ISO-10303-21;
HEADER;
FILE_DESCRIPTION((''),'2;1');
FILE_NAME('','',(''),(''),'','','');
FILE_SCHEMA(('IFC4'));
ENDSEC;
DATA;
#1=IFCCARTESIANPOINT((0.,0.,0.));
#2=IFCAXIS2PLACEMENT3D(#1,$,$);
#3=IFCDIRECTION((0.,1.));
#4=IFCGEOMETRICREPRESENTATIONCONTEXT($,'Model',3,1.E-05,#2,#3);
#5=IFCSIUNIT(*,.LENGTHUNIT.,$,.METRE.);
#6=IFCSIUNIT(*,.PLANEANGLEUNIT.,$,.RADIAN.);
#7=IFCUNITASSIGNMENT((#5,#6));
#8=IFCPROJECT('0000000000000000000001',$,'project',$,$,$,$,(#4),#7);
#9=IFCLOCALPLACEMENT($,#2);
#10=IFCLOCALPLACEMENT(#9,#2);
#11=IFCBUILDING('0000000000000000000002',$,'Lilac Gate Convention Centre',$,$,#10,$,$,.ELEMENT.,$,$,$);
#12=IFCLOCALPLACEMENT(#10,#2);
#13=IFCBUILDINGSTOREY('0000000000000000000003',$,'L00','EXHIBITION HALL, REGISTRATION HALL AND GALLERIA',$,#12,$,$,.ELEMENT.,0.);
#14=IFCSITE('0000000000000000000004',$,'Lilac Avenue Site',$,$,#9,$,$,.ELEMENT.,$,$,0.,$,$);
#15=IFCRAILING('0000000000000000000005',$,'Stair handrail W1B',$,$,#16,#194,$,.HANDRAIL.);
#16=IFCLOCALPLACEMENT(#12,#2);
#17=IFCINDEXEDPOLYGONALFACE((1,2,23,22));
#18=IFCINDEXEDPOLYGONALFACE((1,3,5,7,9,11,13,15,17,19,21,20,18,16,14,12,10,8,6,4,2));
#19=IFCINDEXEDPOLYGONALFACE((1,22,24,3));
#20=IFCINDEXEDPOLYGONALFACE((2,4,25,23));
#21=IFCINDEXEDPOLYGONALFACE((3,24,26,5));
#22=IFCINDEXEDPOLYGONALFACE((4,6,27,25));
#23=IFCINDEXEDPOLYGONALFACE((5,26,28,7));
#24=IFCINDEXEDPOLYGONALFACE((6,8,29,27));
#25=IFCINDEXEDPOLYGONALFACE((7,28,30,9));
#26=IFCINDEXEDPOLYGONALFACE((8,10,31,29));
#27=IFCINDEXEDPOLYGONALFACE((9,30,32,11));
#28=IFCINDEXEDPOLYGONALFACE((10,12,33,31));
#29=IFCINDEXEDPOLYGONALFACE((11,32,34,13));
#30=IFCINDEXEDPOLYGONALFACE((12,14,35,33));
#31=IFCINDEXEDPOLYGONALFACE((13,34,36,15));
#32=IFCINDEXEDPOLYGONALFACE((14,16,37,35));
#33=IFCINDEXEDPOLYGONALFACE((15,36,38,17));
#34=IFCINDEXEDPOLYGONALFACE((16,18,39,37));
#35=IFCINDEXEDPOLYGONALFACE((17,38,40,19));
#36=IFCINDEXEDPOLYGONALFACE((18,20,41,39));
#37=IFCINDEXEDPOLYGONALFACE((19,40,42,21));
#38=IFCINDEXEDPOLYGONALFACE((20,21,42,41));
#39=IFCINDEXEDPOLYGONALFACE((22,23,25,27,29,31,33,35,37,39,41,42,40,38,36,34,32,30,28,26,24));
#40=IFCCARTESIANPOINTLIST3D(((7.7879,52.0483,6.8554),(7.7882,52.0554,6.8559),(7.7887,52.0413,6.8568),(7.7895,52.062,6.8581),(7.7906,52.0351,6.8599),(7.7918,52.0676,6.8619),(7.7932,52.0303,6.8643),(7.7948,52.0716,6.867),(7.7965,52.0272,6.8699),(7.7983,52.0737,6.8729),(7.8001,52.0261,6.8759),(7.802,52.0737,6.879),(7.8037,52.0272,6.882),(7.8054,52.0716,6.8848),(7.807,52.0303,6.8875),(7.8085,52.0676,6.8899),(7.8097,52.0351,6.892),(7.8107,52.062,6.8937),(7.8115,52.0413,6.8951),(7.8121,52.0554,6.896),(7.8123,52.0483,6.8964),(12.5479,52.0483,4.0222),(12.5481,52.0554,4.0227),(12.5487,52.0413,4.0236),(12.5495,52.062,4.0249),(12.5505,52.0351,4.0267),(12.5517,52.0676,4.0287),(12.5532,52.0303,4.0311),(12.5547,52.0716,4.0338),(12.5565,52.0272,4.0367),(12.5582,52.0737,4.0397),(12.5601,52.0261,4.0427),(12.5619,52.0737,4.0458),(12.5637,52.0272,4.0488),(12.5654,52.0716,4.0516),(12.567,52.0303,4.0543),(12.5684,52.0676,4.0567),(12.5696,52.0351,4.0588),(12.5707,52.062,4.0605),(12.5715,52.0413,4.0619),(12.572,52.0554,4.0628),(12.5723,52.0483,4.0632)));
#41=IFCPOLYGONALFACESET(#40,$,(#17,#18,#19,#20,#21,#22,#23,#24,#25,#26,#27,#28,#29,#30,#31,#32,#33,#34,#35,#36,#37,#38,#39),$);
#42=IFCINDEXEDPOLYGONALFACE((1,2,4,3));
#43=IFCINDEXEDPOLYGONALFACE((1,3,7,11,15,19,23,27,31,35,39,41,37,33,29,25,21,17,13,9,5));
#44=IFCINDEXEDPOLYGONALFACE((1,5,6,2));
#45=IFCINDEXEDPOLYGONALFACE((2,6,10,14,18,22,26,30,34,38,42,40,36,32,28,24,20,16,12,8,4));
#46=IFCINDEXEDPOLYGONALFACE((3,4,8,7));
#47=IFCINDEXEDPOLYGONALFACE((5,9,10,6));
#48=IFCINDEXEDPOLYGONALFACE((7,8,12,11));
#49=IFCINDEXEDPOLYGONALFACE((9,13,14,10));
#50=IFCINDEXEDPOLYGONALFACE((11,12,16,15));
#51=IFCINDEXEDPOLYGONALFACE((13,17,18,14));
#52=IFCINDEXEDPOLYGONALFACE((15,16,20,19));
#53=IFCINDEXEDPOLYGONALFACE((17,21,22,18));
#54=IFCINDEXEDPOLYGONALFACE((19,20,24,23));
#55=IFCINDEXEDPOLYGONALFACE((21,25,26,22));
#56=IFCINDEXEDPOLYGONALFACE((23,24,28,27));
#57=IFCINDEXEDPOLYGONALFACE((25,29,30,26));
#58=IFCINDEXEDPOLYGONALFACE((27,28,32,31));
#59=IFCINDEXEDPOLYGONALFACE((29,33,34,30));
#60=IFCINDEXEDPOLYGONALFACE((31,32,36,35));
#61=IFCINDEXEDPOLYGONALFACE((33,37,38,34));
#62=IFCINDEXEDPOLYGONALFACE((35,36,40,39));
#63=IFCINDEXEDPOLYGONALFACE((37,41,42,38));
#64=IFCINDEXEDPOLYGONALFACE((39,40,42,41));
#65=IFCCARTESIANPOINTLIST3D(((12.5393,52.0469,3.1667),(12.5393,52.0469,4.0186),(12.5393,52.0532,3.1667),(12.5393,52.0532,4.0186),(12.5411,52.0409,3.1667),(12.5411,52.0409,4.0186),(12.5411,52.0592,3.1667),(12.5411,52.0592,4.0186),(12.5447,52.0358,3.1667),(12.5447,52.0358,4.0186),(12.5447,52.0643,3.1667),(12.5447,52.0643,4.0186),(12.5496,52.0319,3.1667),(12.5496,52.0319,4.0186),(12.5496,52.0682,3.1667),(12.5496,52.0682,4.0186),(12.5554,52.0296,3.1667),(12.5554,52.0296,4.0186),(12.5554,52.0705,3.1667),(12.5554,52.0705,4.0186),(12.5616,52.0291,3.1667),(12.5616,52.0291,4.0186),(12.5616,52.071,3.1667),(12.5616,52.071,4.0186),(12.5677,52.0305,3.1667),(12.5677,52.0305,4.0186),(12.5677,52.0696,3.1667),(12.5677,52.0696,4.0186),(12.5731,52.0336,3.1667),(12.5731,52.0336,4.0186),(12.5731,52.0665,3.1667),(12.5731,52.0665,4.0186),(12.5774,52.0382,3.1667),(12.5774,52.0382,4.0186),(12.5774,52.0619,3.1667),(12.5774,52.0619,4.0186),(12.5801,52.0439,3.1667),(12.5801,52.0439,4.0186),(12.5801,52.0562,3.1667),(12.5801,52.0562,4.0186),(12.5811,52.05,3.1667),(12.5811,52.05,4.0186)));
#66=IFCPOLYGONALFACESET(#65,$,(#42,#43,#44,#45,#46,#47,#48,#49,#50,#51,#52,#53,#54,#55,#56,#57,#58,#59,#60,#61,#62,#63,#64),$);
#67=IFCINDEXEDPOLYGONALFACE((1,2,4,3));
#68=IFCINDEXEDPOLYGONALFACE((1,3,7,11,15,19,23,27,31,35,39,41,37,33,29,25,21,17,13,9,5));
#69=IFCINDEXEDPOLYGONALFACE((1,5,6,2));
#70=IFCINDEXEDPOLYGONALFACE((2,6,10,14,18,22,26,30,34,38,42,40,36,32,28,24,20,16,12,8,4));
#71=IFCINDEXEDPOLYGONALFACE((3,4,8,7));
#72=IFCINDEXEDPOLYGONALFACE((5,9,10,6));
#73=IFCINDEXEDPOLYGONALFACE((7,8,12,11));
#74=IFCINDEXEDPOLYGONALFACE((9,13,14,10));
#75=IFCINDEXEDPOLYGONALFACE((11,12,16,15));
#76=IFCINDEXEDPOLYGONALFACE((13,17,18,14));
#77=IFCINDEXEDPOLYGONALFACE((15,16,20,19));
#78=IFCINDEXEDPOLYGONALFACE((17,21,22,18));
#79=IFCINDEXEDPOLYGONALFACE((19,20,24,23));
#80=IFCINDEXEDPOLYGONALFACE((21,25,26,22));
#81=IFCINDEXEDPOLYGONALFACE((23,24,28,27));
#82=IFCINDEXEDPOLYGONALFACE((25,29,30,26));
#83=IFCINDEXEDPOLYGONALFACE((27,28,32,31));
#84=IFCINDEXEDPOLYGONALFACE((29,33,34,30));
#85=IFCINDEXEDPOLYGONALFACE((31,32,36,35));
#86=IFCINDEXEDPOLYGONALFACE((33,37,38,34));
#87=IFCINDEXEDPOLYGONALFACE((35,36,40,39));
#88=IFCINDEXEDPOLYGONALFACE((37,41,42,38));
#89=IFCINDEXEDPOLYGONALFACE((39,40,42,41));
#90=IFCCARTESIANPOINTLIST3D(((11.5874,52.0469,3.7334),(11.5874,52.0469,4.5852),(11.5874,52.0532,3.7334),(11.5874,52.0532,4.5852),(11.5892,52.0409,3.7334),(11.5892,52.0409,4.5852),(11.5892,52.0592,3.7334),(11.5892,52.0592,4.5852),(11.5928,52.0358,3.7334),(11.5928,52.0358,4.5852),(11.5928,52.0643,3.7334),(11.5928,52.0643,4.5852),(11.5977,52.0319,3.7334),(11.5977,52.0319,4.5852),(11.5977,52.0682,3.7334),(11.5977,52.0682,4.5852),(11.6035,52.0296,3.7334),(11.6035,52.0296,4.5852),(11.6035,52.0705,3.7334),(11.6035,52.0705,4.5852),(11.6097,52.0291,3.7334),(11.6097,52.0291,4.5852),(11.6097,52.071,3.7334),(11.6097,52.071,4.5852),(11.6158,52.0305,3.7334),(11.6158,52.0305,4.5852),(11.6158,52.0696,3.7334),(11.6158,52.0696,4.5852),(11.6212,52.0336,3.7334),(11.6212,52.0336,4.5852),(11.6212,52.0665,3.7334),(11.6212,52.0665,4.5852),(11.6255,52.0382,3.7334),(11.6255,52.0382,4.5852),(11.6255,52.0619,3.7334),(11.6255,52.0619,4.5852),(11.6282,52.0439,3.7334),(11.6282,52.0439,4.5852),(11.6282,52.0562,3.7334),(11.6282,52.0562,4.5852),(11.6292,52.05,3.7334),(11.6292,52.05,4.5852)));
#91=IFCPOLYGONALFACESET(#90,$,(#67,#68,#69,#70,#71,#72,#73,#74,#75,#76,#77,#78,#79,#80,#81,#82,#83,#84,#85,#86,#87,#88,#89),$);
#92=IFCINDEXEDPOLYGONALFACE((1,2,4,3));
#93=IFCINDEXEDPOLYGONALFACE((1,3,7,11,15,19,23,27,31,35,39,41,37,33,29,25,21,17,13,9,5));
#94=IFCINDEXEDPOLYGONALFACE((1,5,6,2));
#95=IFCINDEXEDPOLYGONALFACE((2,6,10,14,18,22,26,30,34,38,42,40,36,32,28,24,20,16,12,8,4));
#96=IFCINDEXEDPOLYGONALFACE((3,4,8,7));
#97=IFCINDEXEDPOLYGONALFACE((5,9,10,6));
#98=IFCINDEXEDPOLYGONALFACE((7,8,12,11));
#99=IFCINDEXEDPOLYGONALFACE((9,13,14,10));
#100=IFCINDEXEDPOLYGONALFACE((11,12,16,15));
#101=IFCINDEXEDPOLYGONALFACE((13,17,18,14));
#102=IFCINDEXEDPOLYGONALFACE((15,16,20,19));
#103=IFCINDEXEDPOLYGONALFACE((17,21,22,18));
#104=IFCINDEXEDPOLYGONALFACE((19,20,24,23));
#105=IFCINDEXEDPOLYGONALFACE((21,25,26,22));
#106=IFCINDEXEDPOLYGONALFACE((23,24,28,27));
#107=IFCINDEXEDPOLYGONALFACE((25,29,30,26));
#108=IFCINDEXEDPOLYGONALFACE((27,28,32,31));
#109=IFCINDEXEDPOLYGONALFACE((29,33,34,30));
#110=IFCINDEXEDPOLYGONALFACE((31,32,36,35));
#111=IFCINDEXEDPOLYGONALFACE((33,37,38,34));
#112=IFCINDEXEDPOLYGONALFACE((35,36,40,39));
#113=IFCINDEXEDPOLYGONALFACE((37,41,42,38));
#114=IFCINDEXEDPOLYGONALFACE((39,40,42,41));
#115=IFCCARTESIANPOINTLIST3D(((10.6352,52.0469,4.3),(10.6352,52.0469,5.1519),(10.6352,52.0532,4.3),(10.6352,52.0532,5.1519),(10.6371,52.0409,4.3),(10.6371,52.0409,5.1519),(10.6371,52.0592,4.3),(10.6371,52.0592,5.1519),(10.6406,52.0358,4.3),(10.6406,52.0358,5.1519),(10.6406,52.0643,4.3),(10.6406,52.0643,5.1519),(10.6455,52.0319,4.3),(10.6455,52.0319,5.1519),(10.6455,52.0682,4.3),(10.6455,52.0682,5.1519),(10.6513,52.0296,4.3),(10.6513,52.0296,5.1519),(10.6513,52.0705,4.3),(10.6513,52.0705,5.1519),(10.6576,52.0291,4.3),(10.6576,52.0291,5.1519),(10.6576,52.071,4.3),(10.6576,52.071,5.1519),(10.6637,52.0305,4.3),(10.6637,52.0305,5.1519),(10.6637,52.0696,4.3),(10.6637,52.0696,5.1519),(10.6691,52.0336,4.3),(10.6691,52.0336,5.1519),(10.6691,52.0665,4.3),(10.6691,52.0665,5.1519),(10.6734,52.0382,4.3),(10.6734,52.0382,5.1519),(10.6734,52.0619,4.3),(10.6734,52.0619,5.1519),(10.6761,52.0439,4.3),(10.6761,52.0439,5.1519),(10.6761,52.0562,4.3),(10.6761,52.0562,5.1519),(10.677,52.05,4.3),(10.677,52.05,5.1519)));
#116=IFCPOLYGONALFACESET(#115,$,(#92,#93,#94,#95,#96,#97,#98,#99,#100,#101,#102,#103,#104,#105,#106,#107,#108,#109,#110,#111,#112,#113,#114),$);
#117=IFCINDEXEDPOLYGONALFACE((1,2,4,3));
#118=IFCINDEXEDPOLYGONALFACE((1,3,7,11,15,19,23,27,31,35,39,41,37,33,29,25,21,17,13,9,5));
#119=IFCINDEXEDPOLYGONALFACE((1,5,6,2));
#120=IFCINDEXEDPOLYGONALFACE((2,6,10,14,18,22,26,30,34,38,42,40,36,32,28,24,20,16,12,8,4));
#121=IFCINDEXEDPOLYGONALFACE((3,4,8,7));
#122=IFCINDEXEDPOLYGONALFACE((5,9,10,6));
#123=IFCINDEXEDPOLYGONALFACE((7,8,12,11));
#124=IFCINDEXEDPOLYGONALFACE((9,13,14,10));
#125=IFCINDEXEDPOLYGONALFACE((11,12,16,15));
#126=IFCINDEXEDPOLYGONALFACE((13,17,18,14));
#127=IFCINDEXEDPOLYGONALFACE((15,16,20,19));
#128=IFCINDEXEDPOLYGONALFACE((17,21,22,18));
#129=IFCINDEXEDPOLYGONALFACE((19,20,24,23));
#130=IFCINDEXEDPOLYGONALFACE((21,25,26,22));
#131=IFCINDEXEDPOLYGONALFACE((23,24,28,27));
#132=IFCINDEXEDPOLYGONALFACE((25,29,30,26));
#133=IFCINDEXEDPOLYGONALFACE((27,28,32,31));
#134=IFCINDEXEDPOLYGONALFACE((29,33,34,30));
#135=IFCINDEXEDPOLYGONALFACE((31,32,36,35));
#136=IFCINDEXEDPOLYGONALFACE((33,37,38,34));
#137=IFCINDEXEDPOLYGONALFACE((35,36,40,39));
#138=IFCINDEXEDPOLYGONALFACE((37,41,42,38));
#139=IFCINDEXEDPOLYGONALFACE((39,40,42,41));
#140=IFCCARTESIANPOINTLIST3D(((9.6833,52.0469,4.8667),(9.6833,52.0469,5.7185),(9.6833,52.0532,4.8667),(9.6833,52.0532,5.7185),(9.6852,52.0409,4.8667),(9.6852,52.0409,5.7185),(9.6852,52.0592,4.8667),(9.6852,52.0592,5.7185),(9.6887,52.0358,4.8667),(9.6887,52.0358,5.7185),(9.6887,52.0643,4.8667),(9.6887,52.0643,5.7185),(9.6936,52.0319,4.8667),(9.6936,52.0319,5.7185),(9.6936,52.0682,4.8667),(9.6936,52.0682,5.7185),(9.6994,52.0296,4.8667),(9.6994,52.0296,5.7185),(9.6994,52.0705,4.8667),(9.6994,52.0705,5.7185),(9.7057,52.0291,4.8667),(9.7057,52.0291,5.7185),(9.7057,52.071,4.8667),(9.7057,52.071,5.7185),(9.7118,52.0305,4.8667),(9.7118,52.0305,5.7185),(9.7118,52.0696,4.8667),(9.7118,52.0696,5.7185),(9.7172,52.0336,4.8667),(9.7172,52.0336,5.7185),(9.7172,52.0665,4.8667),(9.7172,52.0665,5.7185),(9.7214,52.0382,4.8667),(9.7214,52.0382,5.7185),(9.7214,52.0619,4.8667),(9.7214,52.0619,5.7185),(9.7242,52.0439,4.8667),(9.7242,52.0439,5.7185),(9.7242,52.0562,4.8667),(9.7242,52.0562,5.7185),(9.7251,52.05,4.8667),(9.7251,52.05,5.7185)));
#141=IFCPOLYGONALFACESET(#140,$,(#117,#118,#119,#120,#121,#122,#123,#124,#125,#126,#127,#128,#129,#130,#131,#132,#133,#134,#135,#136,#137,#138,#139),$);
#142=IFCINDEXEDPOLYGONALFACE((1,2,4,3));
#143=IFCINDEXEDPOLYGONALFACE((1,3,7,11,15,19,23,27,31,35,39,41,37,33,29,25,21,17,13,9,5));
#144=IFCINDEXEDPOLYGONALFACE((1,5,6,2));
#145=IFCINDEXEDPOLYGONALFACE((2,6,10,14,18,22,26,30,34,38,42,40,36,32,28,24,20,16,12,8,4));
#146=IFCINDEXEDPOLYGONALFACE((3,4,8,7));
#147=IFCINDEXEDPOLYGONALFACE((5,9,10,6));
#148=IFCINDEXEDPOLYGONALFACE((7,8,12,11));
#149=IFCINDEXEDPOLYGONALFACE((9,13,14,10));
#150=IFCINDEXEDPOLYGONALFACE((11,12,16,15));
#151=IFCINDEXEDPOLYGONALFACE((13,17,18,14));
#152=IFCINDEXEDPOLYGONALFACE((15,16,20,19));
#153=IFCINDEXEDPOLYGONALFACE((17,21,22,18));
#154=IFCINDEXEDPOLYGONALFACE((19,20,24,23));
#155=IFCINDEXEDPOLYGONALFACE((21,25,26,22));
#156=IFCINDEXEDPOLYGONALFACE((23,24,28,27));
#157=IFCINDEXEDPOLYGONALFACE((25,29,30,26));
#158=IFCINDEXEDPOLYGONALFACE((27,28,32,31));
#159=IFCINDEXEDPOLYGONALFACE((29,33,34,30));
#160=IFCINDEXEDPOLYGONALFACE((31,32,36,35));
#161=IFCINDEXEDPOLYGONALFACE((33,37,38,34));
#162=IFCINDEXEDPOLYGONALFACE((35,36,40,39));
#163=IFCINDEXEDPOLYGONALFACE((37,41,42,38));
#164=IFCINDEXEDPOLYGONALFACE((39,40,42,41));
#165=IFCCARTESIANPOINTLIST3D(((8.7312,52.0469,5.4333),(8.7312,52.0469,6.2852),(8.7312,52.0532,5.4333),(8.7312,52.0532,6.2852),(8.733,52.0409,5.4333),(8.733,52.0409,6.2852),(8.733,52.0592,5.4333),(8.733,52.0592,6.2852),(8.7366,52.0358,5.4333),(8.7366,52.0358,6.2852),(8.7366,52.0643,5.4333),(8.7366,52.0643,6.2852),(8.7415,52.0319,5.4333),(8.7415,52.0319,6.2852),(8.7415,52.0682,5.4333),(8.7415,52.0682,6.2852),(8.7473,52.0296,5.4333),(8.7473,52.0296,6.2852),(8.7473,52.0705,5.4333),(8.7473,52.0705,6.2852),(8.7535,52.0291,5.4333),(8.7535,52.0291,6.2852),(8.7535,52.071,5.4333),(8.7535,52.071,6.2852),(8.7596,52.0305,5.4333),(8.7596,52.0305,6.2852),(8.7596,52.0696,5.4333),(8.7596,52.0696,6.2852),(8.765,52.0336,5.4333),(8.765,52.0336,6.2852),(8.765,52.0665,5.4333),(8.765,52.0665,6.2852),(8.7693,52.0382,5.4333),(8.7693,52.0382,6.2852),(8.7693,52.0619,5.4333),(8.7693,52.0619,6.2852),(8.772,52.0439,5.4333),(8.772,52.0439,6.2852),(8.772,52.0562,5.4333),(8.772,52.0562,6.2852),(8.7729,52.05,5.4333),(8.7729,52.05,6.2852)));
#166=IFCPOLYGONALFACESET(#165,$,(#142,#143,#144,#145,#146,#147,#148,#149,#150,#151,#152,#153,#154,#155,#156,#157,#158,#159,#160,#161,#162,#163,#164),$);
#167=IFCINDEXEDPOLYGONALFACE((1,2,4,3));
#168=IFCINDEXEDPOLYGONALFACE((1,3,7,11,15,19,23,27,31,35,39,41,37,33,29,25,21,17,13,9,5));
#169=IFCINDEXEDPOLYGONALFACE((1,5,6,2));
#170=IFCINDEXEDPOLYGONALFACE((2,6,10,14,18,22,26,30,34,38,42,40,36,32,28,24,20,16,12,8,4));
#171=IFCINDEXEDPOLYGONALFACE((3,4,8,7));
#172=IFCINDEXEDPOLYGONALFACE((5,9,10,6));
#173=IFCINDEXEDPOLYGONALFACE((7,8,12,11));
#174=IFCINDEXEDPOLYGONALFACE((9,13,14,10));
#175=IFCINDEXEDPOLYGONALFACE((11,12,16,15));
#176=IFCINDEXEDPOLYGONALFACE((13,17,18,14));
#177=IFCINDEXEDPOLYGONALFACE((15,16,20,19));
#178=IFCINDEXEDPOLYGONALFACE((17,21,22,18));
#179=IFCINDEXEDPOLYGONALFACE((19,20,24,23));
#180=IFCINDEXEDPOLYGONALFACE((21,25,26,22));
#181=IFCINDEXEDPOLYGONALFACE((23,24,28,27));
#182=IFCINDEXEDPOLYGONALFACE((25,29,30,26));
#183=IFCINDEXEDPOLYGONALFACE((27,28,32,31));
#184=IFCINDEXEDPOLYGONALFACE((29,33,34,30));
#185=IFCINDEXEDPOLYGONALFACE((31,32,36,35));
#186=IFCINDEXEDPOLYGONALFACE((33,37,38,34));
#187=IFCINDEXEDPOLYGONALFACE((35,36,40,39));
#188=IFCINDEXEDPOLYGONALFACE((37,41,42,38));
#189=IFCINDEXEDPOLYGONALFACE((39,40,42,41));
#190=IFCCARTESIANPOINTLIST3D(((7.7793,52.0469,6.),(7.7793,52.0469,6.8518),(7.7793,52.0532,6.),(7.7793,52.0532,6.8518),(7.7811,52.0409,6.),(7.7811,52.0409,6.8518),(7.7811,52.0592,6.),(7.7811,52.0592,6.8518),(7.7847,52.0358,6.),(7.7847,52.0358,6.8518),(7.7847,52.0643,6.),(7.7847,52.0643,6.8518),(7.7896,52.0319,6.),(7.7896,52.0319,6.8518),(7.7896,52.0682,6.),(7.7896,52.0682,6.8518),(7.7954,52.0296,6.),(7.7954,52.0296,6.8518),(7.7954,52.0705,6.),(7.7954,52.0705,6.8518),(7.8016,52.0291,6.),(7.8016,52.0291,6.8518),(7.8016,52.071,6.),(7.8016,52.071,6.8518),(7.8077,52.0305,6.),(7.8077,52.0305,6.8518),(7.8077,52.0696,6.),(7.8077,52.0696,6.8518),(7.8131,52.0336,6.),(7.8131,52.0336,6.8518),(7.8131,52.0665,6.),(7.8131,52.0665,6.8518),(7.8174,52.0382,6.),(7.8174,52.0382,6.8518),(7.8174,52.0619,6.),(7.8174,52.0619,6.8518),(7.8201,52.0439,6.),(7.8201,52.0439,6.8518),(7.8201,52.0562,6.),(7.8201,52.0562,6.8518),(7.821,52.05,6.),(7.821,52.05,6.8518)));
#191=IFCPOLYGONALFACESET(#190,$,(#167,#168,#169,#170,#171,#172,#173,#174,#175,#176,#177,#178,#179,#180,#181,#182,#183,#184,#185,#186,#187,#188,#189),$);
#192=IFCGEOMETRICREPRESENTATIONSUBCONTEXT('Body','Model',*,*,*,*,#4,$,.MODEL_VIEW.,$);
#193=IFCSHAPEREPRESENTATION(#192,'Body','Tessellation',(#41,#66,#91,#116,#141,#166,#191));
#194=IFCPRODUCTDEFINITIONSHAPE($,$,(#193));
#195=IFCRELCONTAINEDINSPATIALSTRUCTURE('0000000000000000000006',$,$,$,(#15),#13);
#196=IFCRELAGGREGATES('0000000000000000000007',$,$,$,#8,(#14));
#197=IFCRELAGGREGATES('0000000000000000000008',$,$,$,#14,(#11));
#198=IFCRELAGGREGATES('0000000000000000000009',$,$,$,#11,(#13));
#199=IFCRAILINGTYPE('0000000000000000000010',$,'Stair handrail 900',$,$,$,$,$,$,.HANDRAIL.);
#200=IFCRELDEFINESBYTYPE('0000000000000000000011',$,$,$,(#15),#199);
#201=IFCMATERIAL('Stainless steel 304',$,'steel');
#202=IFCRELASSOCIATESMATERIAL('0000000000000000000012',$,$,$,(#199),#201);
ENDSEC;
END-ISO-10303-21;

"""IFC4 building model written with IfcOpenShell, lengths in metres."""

from ifc_helpers import new_model, si_unit, direction, frame, origin, origin_2d, place, context, subcontext, project, spatial, circle, extrude, material, type_object, element, save


model = new_model("IFC4")

# Units and contexts
model_context = context("Model", 3, precision=1e-05, world=origin(), true_north=direction((0.0, 1.0)))
body_context = subcontext(model_context, "Body", "Model", "MODEL_VIEW")
ifc_project = project(units=[si_unit("LENGTHUNIT", "METRE"), si_unit("PLANEANGLEUNIT", "RADIAN")], contexts=[model_context])

# Site, building, storey
site_placement = place(None, origin())
site = spatial("IfcSite", under=ifc_project, at=site_placement, Name="Lilac Avenue Site", CompositionType="ELEMENT", RefElevation=0.0)
building_placement = place(site_placement, origin())
building = spatial("IfcBuilding", under=site, at=building_placement, Name="Lilac Gate Convention Centre", CompositionType="ELEMENT")
storey_placement = place(building_placement, origin())
storey = spatial("IfcBuildingStorey", under=building, at=storey_placement, Name="L00", Description="EXHIBITION HALL, REGISTRATION HALL AND GALLERIA", CompositionType="ELEMENT", Elevation=0.0)

# Shared definitions
ifc_material_1 = material(Name="Stainless steel 304", Category="steel")

# Railing
railing_type = type_object("IfcRailingType", Name="Stair handrail 900", PredefinedType="HANDRAIL", material=ifc_material_1)
for number, where, name in (
    (1, (12.5601, 52.05, 3.1667), "Stair handrail W1B"),
):
    element("IfcRailing", number, at=place(storey_placement, frame(where)), inside=storey, type_object=railing_type, Name=name, PredefinedType="HANDRAIL", context=body_context, shape_type="SweptSolid", body=[
        extrude(circle(Radius=0.0239, at=origin_2d()), frame((0.0, 0.0, 0.876), z_axis=(-0.8593, 0.0, 0.511472), x_axis=(0.0, -1.0, 0.0)), (0.0, 0.0, 1.0), 5.5393),
        extrude(circle(Radius=0.021, at=origin_2d()), origin(), (0.0, 0.0, 1.0), 0.8518),
        extrude(circle(Radius=0.021, at=origin_2d()), frame((-0.9519, 0.0, 0.5667)), (0.0, 0.0, 1.0), 0.8518),
        extrude(circle(Radius=0.021, at=origin_2d()), frame((-1.9041, 0.0, 1.1333)), (0.0, 0.0, 1.0), 0.8518),
        extrude(circle(Radius=0.021, at=origin_2d()), frame((-2.856, 0.0, 1.7)), (0.0, 0.0, 1.0), 0.8518),
        extrude(circle(Radius=0.021, at=origin_2d()), frame((-3.8081, 0.0, 2.2666)), (0.0, 0.0, 1.0), 0.8518),
        extrude(circle(Radius=0.021, at=origin_2d()), frame((-4.76, 0.0, 2.8333)), (0.0, 0.0, 1.0), 0.8518),
    ])

save(model, "model.ifc")
